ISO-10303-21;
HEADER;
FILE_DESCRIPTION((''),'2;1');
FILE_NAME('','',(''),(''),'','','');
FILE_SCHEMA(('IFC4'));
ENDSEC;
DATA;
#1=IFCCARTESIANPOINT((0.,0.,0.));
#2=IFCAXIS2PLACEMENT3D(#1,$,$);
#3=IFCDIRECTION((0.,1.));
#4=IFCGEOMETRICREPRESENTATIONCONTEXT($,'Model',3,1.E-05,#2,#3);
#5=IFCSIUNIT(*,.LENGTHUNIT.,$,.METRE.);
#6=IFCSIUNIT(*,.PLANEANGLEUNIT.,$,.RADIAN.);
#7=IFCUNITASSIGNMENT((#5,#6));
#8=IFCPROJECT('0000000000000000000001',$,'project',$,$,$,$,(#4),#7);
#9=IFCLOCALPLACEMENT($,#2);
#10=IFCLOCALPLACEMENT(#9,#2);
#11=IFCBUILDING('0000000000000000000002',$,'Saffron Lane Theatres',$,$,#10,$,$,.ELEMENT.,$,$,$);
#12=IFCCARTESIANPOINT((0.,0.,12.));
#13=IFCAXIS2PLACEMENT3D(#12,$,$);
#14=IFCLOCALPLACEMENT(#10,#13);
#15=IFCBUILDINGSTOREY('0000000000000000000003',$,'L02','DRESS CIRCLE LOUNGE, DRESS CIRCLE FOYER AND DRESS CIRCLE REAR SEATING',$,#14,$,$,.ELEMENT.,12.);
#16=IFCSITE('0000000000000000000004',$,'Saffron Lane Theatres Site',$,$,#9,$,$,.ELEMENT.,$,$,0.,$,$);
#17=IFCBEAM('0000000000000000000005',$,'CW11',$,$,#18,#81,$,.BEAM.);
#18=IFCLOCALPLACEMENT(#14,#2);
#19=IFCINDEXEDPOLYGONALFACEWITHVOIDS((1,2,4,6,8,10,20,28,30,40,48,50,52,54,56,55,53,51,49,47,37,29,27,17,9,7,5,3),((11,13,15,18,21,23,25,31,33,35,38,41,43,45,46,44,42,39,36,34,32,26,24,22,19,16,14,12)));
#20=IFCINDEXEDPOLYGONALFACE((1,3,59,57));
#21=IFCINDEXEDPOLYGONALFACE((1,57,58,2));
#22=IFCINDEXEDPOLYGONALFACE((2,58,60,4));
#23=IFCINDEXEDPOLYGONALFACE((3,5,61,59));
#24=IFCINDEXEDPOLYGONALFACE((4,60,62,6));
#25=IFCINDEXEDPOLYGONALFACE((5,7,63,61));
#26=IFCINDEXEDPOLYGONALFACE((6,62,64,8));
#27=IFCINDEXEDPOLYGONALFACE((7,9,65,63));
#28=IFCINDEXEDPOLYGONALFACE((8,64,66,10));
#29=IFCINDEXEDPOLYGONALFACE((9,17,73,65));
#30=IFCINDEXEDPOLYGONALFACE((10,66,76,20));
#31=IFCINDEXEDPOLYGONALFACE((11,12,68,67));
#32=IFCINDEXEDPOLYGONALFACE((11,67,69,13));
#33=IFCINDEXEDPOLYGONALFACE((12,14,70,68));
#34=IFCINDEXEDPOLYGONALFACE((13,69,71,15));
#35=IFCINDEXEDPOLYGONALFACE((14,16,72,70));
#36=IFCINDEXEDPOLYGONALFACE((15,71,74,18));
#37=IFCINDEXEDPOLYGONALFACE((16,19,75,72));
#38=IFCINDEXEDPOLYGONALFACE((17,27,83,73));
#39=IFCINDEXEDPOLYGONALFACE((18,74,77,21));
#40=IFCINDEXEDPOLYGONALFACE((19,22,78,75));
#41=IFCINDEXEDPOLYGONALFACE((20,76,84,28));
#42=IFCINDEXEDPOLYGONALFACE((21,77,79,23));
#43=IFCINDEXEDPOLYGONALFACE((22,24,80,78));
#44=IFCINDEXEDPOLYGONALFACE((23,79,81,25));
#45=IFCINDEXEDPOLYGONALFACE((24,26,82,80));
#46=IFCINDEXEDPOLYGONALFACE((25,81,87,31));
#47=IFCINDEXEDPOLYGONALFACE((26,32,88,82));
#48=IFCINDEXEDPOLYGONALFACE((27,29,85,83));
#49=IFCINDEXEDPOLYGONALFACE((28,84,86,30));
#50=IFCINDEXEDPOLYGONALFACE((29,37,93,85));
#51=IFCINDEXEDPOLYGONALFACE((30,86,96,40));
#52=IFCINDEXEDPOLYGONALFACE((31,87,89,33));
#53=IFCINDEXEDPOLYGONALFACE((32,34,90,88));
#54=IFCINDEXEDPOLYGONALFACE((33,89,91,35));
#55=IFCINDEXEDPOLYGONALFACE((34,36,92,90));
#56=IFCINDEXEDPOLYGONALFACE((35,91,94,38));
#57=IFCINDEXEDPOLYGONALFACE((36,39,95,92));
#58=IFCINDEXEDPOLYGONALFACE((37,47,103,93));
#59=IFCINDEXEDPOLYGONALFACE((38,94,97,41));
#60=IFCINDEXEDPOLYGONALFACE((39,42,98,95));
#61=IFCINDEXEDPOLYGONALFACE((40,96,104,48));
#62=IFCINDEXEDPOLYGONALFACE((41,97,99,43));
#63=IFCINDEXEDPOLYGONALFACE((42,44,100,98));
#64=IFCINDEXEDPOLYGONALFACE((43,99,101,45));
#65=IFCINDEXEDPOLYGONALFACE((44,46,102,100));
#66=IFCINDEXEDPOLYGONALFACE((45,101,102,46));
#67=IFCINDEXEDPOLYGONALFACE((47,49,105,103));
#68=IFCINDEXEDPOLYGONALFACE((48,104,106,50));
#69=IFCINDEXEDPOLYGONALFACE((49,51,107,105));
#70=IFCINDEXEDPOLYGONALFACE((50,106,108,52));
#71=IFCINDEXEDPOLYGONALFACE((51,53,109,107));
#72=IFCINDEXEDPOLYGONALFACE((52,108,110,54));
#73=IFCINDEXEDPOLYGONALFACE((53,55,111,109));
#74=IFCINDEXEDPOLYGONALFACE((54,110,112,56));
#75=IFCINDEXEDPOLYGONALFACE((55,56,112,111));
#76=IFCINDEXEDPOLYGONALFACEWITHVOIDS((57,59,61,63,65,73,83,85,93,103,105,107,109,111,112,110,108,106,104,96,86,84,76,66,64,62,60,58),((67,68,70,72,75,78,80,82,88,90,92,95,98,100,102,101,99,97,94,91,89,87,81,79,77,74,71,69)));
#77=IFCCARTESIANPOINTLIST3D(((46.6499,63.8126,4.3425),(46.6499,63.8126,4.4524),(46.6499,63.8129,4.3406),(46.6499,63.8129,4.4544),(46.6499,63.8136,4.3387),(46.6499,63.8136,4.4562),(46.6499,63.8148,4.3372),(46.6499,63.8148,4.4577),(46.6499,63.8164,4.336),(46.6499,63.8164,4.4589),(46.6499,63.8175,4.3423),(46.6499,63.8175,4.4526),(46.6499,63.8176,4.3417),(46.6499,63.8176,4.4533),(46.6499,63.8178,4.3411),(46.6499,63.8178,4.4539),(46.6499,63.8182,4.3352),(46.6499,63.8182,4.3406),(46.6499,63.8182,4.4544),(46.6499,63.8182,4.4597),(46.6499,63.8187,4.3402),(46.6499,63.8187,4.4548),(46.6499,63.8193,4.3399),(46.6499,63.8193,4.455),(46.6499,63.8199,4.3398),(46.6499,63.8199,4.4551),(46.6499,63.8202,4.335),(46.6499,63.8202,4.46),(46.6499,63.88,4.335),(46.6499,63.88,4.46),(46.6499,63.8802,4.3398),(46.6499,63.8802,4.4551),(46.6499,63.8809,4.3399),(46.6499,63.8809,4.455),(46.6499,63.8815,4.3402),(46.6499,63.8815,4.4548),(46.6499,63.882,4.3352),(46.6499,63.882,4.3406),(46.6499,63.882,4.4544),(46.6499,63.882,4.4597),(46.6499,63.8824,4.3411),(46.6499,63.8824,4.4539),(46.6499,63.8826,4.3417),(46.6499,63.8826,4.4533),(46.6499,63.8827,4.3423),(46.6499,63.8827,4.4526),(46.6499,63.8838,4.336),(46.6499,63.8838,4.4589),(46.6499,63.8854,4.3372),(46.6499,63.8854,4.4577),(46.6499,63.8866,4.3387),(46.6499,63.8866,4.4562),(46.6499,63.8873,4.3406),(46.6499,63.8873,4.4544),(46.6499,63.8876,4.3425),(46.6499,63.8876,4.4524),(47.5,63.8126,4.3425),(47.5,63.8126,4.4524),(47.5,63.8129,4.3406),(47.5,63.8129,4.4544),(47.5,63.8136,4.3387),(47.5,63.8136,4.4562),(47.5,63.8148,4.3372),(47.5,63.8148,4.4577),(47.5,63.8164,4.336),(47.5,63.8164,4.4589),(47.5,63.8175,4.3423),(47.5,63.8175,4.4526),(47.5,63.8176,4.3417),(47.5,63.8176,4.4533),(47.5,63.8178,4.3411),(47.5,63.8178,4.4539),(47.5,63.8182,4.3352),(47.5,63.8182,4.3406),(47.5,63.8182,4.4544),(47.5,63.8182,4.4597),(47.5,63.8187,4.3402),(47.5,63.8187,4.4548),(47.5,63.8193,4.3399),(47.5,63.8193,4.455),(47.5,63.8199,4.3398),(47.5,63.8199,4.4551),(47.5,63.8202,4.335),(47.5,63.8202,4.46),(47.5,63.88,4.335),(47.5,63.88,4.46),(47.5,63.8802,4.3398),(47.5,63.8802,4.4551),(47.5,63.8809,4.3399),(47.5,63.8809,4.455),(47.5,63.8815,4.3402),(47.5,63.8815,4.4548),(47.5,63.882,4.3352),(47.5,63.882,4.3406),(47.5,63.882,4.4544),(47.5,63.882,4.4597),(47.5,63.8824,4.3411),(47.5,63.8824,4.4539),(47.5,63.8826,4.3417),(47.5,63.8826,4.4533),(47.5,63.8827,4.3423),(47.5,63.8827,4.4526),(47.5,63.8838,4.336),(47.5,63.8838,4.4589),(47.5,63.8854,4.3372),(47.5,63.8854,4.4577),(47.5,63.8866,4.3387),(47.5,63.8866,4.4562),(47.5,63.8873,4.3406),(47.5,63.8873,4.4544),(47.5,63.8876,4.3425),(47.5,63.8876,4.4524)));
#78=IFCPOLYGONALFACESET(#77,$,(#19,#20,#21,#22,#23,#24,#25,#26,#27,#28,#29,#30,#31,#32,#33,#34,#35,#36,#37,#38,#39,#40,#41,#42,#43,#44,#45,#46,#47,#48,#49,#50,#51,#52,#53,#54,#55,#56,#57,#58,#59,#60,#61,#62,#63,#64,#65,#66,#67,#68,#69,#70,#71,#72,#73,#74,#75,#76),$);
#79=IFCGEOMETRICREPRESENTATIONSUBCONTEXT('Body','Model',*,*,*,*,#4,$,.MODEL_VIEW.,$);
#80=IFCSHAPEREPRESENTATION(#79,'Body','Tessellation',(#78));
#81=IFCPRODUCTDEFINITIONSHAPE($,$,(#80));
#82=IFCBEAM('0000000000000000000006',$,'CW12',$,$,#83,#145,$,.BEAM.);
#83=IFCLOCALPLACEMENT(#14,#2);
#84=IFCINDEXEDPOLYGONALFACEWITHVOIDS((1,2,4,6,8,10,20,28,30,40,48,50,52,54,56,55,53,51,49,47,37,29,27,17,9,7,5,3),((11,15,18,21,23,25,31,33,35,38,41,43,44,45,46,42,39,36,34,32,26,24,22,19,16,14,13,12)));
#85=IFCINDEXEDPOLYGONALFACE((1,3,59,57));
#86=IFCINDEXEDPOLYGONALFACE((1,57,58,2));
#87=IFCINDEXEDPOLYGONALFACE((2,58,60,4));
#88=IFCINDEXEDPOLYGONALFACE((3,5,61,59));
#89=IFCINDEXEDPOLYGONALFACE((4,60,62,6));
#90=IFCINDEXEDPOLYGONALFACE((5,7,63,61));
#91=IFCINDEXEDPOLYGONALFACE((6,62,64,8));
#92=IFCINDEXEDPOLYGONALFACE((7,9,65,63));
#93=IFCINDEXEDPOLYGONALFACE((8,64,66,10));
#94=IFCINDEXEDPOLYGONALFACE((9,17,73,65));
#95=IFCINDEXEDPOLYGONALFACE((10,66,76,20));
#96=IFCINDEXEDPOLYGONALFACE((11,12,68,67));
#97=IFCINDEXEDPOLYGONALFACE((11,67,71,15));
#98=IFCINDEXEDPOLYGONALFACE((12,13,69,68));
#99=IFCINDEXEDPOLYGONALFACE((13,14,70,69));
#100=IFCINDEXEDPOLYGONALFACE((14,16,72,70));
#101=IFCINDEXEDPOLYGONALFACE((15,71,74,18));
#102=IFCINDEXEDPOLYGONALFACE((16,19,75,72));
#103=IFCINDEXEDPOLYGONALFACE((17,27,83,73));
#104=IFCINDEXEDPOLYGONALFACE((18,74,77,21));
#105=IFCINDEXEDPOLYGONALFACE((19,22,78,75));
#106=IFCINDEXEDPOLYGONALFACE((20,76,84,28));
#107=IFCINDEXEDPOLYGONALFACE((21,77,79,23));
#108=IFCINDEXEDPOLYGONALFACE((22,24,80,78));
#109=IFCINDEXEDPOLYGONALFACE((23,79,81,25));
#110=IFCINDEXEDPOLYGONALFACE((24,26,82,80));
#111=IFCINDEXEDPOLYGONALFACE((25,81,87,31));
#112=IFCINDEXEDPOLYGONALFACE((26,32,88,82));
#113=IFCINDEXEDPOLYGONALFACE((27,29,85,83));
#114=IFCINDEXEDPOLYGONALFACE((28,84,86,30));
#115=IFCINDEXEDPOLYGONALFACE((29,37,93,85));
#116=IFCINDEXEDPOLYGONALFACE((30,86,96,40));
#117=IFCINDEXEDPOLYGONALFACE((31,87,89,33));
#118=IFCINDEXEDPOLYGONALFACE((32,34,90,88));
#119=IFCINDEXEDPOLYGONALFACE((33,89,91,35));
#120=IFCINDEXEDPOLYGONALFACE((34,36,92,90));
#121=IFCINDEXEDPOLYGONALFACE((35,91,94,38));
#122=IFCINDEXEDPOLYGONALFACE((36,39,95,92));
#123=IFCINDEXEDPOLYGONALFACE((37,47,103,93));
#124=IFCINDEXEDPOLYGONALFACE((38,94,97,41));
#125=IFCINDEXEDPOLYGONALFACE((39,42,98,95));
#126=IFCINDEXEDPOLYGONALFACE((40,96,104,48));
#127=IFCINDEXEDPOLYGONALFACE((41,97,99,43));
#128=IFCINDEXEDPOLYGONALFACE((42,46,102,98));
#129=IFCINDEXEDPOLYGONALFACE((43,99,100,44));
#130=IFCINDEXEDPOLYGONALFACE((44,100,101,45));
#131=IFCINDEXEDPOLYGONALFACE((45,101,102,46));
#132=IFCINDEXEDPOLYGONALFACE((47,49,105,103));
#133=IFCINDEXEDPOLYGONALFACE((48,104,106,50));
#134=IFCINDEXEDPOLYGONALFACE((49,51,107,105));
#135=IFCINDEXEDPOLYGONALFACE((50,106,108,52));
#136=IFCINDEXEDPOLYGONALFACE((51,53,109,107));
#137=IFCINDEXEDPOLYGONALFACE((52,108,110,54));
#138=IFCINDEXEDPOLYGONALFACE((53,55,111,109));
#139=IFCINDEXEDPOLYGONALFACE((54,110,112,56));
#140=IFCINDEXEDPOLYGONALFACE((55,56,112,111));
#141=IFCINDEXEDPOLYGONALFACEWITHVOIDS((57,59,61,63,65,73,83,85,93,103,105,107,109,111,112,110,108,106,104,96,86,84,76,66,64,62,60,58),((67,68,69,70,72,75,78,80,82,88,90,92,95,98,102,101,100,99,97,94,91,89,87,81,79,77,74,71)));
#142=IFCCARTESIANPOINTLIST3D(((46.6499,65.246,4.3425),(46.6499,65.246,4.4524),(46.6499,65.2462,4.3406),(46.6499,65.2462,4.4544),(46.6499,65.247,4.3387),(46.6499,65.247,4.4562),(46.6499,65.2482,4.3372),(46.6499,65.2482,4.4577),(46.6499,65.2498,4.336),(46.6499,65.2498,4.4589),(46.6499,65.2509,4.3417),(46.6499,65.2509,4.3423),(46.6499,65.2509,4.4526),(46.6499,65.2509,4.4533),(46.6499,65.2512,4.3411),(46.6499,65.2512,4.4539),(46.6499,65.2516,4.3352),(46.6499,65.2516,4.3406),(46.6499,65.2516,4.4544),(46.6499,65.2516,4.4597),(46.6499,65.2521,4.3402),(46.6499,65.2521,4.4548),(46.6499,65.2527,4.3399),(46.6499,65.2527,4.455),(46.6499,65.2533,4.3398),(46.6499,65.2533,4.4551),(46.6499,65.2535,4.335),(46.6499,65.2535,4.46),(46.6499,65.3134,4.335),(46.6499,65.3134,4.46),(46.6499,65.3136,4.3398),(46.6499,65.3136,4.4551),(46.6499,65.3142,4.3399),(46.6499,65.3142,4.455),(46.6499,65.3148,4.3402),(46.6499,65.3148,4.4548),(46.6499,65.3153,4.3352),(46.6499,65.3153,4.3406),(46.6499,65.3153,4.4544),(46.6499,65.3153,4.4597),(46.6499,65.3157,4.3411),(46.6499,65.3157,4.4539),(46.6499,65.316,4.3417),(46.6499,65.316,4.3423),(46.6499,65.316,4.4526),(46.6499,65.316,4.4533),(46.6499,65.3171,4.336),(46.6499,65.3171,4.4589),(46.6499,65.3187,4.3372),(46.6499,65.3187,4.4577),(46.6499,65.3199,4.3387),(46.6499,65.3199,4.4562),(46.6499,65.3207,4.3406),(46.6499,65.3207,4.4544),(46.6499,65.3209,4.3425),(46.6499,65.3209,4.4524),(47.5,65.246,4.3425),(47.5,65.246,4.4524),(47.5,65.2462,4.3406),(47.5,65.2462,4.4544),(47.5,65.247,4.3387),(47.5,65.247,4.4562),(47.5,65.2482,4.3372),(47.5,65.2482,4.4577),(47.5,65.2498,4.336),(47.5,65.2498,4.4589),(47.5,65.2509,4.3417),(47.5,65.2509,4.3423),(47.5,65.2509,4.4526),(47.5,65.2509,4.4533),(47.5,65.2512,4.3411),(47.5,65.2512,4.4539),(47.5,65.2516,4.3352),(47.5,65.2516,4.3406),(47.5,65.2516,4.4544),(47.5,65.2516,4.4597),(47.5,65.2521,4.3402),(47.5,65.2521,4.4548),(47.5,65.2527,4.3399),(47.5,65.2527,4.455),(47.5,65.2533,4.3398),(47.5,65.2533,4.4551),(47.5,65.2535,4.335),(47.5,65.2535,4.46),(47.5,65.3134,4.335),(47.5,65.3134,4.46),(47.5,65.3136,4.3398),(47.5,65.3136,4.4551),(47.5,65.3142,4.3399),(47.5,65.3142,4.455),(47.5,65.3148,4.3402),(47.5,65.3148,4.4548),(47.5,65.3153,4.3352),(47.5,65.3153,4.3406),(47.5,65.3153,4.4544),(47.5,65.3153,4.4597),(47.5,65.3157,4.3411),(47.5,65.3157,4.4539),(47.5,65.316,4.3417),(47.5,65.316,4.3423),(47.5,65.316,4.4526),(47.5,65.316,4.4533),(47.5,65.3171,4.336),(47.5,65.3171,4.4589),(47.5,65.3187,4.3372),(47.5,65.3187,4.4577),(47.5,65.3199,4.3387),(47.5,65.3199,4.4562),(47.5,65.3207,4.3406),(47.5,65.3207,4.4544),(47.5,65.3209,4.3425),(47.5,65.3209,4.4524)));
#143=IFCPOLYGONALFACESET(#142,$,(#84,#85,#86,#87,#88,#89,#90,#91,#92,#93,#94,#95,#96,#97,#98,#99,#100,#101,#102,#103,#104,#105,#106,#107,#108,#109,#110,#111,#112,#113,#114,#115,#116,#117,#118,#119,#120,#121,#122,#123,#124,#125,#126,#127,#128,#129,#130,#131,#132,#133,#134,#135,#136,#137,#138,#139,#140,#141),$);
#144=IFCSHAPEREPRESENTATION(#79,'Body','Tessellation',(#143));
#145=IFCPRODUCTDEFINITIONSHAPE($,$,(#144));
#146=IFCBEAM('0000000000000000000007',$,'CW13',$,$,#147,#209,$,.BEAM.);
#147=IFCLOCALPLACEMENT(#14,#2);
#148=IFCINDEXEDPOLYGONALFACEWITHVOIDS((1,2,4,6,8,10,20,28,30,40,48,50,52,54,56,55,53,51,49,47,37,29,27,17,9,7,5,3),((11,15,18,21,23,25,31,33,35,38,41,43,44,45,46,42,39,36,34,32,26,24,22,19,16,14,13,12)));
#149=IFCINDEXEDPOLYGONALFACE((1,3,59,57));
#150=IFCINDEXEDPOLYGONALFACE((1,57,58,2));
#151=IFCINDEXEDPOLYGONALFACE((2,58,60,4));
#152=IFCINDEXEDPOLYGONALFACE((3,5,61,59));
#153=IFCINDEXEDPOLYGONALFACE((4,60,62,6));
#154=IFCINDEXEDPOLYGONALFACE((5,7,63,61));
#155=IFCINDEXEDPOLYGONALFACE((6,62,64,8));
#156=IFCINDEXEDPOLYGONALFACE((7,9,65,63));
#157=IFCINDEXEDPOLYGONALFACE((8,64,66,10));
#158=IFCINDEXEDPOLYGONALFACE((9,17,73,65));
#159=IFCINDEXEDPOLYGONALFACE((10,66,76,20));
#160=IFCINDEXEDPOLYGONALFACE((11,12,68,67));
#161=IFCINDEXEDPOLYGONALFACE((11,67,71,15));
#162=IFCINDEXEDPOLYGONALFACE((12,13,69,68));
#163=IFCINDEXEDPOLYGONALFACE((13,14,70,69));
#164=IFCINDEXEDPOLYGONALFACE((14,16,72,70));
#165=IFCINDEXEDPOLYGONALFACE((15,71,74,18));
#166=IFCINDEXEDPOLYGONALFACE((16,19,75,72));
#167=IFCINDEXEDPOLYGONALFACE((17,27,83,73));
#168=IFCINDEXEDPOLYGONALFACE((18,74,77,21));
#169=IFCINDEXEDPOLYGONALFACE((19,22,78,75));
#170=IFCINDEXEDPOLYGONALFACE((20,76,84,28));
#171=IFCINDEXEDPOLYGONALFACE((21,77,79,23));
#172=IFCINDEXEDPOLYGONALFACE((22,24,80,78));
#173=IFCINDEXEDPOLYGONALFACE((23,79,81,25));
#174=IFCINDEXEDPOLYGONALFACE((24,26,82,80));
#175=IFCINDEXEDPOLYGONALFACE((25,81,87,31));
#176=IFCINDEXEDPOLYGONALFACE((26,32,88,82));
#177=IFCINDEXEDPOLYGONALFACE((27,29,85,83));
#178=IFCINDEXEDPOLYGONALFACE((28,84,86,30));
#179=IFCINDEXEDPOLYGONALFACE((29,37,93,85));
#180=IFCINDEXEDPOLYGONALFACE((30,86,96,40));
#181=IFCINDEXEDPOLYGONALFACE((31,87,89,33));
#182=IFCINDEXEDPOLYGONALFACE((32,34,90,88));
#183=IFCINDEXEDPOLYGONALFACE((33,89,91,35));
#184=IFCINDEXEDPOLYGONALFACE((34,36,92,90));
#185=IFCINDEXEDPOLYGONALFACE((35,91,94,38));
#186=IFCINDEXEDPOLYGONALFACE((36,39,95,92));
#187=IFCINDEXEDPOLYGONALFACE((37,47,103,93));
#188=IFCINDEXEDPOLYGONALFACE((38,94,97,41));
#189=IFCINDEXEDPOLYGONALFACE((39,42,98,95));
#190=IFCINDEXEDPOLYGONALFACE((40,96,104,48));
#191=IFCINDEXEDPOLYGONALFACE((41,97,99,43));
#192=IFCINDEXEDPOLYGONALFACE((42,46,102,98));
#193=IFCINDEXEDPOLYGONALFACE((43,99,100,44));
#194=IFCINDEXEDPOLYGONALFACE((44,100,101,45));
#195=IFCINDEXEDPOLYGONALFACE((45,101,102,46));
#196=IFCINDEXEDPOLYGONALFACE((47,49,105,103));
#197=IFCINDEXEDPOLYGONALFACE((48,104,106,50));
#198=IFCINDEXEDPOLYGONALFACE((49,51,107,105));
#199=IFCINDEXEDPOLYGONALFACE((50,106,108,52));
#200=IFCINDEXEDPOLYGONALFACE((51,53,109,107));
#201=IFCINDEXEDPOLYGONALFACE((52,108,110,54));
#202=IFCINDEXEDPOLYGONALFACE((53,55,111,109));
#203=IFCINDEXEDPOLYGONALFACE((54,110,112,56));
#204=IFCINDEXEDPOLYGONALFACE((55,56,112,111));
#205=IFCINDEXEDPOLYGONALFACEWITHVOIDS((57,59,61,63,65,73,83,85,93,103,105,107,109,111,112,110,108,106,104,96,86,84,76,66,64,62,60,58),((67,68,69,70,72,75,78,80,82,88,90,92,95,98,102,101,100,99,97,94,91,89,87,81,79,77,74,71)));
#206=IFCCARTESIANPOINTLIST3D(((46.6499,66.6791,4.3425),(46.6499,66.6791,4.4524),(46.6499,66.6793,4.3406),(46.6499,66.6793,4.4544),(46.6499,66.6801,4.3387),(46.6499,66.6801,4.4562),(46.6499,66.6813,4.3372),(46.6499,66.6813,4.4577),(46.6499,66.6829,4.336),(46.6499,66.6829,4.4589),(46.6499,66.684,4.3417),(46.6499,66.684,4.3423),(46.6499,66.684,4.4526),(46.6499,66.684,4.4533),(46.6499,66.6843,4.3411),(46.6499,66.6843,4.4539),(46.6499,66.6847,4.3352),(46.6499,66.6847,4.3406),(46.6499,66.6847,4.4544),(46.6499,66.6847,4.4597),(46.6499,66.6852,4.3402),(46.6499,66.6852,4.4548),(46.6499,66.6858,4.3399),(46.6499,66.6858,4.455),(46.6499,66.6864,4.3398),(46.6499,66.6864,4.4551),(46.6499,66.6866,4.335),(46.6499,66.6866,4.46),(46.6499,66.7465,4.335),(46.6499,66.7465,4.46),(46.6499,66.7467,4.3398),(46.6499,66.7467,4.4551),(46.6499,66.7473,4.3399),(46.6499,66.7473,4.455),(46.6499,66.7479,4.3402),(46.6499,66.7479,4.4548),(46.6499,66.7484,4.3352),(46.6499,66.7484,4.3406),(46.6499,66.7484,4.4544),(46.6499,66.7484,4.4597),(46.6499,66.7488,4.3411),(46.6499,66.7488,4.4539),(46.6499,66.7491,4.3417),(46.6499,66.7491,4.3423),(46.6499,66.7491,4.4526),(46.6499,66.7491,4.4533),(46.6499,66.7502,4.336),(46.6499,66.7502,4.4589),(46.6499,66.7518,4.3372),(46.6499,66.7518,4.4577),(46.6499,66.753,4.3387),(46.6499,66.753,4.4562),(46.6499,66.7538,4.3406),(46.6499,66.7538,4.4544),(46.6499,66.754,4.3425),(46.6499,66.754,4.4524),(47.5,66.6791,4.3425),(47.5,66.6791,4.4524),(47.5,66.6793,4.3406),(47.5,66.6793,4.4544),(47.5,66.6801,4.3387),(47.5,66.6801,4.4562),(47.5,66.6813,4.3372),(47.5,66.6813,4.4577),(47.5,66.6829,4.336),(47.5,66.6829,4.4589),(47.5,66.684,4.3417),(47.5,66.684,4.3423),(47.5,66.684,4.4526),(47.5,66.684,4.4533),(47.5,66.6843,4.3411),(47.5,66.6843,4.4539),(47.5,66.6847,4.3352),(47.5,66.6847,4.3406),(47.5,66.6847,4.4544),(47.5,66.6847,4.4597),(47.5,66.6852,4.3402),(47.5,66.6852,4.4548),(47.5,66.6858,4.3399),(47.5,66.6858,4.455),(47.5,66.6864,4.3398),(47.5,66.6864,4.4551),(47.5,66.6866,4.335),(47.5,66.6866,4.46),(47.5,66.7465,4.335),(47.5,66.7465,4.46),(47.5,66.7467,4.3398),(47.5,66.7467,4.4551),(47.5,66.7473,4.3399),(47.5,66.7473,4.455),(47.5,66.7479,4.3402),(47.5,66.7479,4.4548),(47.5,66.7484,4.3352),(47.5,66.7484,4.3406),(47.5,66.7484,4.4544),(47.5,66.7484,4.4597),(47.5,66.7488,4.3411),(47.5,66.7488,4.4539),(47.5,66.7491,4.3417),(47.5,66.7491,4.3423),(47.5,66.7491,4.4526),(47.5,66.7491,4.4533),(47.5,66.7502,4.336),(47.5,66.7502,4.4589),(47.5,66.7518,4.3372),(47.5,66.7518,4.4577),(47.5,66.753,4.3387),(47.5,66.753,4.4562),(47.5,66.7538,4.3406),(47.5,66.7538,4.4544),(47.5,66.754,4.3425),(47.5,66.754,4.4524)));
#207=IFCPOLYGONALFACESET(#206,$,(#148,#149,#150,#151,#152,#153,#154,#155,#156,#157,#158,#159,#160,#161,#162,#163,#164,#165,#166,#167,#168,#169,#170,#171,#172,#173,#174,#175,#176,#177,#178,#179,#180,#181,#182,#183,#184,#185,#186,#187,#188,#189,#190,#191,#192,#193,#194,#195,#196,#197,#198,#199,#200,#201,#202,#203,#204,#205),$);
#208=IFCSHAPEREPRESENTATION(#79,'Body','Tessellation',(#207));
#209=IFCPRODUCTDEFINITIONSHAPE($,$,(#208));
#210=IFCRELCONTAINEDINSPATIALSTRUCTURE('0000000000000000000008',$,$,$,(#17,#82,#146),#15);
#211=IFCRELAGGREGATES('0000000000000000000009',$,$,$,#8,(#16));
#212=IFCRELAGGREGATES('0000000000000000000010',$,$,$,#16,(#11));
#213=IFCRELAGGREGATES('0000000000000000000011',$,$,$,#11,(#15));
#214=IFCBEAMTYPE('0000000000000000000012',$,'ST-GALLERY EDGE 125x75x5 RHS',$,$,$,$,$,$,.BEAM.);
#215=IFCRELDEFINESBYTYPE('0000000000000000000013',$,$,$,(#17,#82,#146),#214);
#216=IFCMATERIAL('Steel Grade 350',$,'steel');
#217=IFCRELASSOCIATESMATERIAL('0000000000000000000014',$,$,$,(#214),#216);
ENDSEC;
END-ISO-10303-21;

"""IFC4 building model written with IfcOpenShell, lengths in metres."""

from ifc_helpers import new_model, si_unit, direction, frame, origin, origin_2d, place, context, subcontext, project, spatial, hollow_rectangle, extrude, material, material_profile, profile_set, type_object, element, save


model = new_model("IFC4")

# Units and contexts
model_context = context("Model", 3, precision=1e-05, world=origin(), true_north=direction((0.0, 1.0)))
body_context = subcontext(model_context, "Body", "Model", "MODEL_VIEW")
ifc_project = project(units=[si_unit("LENGTHUNIT", "METRE"), si_unit("PLANEANGLEUNIT", "RADIAN")], contexts=[model_context])

# Site, building, storey
site_placement = place(None, origin())
site = spatial("IfcSite", under=ifc_project, at=site_placement, Name="Saffron Lane Theatres Site", CompositionType="ELEMENT", RefElevation=0.0)
building_placement = place(site_placement, origin())
building = spatial("IfcBuilding", under=site, at=building_placement, Name="Saffron Lane Theatres", CompositionType="ELEMENT")
storey_placement = place(building_placement, frame((0.0, 0.0, 12.0)))
storey = spatial("IfcBuildingStorey", under=building, at=storey_placement, Name="L02", Description="DRESS CIRCLE LOUNGE, DRESS CIRCLE FOYER AND DRESS CIRCLE REAR SEATING", CompositionType="ELEMENT", Elevation=12.0)

# Beams
ifc_material_1 = material(Name="Steel Grade 350", Category="steel")
ifc_material_profile_1 = material_profile(ifc_material_1, hollow_rectangle(XDim=0.075, YDim=0.125, WallThickness=0.0049, InnerFilletRadius=0.0024, OuterFilletRadius=0.0076, at=origin_2d()))
ifc_profile_set_1 = profile_set([ifc_material_profile_1], Name="Steel Grade 350")
beam_type_1 = type_object("IfcBeamType", Name="ST-GALLERY EDGE 125x75x5 RHS", PredefinedType="BEAM", material=ifc_profile_set_1)
for number, where, z_axis, x_axis, name in (
    (1, (46.6499, 63.8501, 4.3975), (1.0, 0.0, 0.0), (0.0, 1.0, 0.0), "CW11"),
    (2, (46.6499, 65.2834, 4.3975), (1.0, 0.0, 0.0), (0.0, 1.0, 0.0), "CW12"),
    (3, (46.6499, 66.7166, 4.3975), (1.0, 0.0, 0.0), (0.0, 1.0, 0.0), "CW13"),
):
    element("IfcBeam", number, at=place(storey_placement, frame(where, z_axis=z_axis, x_axis=x_axis)), inside=storey, type_object=beam_type_1, Name=name, PredefinedType="BEAM", context=body_context, shape_type="SweptSolid", body=[
        extrude(hollow_rectangle(XDim=0.075, YDim=0.125, WallThickness=0.0049, InnerFilletRadius=0.0024, OuterFilletRadius=0.0076, at=origin_2d()), origin(), (0.0, 0.0, 1.0), 0.8501),
    ])

save(model, "model.ifc")
